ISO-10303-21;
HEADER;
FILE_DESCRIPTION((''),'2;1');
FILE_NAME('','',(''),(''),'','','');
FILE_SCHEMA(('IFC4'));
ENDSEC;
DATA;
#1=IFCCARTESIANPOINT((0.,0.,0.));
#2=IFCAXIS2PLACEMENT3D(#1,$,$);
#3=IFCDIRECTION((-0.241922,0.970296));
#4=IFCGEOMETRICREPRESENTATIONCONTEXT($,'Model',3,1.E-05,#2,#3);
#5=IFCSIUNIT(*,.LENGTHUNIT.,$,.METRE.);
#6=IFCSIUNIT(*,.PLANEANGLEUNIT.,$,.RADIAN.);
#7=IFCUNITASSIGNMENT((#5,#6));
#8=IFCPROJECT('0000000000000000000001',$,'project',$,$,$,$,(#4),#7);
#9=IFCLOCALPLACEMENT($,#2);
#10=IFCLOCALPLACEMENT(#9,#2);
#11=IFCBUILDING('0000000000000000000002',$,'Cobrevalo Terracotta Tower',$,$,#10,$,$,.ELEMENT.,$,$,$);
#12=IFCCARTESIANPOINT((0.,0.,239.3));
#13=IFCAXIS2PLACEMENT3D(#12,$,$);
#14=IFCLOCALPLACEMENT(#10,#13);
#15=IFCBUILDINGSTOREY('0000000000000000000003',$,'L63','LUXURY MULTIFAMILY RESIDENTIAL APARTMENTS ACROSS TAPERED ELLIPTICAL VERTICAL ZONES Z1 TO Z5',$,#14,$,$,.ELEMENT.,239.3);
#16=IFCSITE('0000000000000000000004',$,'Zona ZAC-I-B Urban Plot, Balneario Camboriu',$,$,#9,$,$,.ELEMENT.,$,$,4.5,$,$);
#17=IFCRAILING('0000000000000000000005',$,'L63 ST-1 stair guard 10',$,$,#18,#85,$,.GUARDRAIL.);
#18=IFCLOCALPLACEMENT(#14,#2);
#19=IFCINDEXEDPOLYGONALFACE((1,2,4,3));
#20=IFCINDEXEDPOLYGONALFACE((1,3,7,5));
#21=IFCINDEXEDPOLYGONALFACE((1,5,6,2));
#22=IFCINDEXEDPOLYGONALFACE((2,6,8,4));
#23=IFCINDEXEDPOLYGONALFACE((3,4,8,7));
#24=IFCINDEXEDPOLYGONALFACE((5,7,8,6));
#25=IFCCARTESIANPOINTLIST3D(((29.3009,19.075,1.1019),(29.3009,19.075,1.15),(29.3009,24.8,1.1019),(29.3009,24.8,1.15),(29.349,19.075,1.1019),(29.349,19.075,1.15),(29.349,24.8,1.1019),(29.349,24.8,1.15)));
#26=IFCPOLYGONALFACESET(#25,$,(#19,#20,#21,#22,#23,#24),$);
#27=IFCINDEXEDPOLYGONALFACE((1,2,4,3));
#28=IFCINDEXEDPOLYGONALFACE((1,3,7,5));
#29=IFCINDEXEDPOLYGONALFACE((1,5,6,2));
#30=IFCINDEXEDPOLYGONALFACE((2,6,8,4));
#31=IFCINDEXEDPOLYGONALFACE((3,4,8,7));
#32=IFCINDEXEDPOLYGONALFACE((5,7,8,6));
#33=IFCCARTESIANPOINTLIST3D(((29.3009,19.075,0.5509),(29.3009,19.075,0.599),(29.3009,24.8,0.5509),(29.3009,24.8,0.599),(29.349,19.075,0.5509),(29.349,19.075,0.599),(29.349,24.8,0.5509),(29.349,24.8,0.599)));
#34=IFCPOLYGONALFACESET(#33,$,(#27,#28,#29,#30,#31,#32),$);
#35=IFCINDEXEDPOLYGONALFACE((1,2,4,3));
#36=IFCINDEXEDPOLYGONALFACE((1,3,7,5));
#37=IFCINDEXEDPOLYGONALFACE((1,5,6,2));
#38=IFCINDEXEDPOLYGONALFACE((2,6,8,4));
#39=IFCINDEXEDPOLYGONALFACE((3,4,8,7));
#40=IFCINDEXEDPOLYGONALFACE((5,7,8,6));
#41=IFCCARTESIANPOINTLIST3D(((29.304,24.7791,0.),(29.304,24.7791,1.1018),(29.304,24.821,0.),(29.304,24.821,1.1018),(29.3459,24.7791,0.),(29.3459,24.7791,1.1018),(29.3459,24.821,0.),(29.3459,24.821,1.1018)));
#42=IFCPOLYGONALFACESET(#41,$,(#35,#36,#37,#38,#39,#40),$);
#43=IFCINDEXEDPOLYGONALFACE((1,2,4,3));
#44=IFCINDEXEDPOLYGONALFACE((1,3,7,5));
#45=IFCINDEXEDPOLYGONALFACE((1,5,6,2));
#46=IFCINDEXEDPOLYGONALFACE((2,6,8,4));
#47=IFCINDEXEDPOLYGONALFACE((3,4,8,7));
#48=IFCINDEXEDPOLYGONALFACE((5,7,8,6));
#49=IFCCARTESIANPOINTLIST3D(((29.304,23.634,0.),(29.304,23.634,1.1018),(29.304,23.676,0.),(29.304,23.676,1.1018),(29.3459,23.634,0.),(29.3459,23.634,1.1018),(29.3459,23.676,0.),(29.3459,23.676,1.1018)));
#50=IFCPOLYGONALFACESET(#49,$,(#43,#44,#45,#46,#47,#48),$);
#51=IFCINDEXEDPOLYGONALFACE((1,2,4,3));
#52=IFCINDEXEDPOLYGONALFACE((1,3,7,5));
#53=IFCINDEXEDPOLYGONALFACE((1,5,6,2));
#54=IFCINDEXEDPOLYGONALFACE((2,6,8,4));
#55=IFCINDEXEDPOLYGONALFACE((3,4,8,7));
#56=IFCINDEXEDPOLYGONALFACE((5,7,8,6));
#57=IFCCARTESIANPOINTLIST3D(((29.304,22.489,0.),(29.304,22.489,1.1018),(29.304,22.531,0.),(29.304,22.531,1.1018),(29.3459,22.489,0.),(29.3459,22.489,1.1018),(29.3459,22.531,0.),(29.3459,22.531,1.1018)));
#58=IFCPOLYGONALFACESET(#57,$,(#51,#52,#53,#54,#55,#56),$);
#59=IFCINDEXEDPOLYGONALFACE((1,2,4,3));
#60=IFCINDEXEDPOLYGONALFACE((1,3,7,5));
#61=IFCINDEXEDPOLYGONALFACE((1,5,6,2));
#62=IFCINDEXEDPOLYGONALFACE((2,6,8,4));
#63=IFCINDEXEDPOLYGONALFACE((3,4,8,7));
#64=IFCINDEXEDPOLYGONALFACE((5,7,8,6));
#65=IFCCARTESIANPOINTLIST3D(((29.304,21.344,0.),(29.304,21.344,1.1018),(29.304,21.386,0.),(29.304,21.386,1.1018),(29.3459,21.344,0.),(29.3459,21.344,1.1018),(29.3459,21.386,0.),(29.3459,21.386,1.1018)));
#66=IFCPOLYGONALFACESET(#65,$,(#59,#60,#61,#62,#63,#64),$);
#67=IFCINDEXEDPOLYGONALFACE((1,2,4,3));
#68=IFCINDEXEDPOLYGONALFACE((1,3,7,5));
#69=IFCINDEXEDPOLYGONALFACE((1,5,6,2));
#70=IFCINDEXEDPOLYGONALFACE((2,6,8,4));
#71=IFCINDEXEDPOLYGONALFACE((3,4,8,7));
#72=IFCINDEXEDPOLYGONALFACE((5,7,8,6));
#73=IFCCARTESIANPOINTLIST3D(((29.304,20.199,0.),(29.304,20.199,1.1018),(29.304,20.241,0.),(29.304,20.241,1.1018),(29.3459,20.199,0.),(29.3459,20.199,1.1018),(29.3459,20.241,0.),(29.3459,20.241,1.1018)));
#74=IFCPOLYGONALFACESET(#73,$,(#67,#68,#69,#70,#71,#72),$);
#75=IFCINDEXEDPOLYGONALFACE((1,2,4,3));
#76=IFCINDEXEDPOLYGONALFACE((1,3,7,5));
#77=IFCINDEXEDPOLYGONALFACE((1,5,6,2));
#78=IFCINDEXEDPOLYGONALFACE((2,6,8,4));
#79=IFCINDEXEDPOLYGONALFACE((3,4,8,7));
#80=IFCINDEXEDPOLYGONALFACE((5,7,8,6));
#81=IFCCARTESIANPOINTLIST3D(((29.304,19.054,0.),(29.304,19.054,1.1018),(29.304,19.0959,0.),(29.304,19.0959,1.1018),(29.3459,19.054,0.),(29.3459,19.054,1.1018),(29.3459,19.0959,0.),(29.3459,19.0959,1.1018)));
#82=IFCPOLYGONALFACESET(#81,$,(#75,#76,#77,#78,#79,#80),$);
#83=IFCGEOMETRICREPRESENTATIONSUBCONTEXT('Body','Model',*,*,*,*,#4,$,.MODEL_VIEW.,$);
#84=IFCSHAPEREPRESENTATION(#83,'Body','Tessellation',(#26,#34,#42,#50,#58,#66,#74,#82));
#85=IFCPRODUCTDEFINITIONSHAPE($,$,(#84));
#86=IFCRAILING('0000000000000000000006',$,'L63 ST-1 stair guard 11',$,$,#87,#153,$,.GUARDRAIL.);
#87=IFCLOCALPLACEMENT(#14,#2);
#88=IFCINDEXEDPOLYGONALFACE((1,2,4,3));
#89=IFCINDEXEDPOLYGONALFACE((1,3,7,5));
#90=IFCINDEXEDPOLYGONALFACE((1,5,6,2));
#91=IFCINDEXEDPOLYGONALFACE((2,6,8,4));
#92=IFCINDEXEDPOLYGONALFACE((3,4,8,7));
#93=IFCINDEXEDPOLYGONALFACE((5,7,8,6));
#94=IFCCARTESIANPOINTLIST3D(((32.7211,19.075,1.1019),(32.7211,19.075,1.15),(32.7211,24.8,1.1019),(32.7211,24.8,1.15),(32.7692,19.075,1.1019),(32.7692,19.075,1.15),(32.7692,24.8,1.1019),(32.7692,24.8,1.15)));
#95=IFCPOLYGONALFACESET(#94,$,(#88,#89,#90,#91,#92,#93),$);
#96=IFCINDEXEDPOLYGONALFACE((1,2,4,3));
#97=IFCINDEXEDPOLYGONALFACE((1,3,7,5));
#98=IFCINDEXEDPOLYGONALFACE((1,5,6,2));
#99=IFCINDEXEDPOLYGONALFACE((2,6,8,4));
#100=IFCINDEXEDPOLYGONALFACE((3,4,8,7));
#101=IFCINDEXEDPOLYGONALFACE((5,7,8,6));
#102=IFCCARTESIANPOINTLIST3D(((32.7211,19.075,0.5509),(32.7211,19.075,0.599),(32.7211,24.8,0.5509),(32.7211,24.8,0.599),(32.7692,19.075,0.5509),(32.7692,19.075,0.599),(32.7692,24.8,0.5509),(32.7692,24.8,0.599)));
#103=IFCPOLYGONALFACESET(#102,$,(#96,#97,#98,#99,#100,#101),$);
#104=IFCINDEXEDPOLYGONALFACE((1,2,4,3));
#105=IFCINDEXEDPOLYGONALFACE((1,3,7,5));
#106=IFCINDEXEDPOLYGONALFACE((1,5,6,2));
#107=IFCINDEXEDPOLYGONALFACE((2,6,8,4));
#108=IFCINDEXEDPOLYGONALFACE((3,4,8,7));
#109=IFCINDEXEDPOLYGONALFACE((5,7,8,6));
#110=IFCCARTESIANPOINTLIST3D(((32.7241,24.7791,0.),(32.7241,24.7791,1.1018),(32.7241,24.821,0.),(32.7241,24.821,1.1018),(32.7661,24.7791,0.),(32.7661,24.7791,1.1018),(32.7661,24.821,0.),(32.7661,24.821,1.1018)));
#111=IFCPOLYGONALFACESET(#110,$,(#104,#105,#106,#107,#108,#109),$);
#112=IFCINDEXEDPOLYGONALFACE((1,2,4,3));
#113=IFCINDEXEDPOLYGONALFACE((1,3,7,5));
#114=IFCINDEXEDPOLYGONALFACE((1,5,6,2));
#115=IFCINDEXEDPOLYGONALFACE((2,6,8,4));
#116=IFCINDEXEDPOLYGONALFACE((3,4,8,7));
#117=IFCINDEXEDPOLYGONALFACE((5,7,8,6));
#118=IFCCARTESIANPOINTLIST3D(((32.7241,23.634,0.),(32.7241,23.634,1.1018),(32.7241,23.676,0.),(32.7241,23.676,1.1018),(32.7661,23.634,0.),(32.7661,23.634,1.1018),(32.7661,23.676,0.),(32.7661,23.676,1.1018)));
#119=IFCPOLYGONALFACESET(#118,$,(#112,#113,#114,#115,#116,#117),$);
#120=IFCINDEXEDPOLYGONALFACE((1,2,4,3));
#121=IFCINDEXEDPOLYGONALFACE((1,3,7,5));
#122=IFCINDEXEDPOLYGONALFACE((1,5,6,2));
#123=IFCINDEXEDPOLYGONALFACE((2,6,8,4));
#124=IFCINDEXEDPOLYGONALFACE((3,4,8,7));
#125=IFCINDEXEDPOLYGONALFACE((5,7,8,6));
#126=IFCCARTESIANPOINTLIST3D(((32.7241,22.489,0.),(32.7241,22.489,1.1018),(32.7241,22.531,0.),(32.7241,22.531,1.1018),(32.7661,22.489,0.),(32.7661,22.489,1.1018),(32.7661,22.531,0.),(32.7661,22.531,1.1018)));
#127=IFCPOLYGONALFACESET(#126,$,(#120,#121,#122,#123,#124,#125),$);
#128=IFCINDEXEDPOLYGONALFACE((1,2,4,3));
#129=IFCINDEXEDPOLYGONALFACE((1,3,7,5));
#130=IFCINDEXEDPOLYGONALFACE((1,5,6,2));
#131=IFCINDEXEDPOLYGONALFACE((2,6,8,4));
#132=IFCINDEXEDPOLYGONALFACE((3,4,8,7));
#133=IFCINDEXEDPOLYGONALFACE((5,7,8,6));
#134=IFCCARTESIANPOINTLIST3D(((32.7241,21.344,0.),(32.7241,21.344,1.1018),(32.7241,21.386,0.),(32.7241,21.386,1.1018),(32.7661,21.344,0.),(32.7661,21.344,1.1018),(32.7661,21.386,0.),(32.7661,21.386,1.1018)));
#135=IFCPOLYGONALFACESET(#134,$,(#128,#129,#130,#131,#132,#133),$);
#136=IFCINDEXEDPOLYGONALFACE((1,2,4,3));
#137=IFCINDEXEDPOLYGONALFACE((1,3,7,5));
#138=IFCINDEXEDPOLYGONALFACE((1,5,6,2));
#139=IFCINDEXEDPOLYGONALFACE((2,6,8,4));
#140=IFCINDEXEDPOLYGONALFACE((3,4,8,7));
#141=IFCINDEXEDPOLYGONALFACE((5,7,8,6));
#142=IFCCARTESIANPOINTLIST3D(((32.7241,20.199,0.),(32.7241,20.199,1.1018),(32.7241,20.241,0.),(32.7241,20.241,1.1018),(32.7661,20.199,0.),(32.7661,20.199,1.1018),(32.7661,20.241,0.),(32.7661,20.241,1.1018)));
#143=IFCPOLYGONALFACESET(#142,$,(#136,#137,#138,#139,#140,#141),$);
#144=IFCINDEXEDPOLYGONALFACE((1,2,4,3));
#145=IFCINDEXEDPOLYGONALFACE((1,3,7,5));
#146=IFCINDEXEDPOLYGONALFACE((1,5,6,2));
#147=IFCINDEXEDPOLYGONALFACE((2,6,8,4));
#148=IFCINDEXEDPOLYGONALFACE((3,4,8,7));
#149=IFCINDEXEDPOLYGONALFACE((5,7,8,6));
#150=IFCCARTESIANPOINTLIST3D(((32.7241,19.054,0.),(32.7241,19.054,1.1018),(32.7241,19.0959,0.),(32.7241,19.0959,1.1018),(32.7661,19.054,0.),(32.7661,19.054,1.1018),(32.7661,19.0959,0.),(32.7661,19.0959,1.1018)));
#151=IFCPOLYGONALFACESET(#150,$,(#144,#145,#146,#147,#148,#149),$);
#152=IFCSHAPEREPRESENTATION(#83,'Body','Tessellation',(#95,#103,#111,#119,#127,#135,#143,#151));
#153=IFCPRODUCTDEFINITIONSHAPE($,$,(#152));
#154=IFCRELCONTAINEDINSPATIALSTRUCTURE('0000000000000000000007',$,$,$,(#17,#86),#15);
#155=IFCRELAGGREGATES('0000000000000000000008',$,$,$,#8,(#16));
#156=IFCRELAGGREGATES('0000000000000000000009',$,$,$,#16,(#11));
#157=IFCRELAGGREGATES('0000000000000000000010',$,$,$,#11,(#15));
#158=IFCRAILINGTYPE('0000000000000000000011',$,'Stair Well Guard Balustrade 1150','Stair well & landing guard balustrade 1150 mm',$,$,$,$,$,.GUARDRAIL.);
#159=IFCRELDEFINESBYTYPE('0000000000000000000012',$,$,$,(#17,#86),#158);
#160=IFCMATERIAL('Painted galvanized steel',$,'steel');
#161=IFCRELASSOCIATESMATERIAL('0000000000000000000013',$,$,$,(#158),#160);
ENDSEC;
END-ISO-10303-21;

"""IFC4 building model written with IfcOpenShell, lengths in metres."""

from ifc_helpers import new_model, si_unit, direction, frame, origin, origin_2d, place, context, subcontext, project, spatial, rectangle, extrude, material, type_object, element, save


model = new_model("IFC4")

# Units and contexts
model_context = context("Model", 3, precision=1e-05, world=origin(), true_north=direction((-0.241922, 0.970296)))
body_context = subcontext(model_context, "Body", "Model", "MODEL_VIEW")
ifc_project = project(units=[si_unit("LENGTHUNIT", "METRE"), si_unit("PLANEANGLEUNIT", "RADIAN")], contexts=[model_context])

# Site, building, storey
site_placement = place(None, origin())
site = spatial("IfcSite", under=ifc_project, at=site_placement, Name="Zona ZAC-I-B Urban Plot, Balneario Camboriu", CompositionType="ELEMENT", RefElevation=4.5)
building_placement = place(site_placement, origin())
building = spatial("IfcBuilding", under=site, at=building_placement, Name="Cobrevalo Terracotta Tower", CompositionType="ELEMENT")
storey_placement = place(building_placement, frame((0.0, 0.0, 239.3)))
storey = spatial("IfcBuildingStorey", under=building, at=storey_placement, Name="L63", Description="LUXURY MULTIFAMILY RESIDENTIAL APARTMENTS ACROSS TAPERED ELLIPTICAL VERTICAL ZONES Z1 TO Z5", CompositionType="ELEMENT", Elevation=239.3)

# Railings
ifc_material_1 = material(Name="Painted galvanized steel", Category="steel")
railing_type_1 = type_object("IfcRailingType", Name="Stair Well Guard Balustrade 1150", Description="Stair well & landing guard balustrade 1150 mm", PredefinedType="GUARDRAIL", material=ifc_material_1)
for number, where, name in (
    (1, (29.325, 24.8, 0.0), "L63 ST-1 stair guard 10"),
    (2, (32.7451, 24.8, 0.0), "L63 ST-1 stair guard 11"),
):
    element("IfcRailing", number, at=place(storey_placement, frame(where)), inside=storey, type_object=railing_type_1, Name=name, PredefinedType="GUARDRAIL", context=body_context, shape_type="SweptSolid", body=[
        extrude(rectangle(XDim=0.0481, YDim=0.0481, at=origin_2d()), frame((0.0, 0.0, 1.126), z_axis=(0.0, -1.0, 0.0), x_axis=(1.0, 0.0, 0.0)), (0.0, 0.0, 1.0), 5.7251),
        extrude(rectangle(XDim=0.0481, YDim=0.0481, at=origin_2d()), frame((0.0, 0.0, 0.575), z_axis=(0.0, -1.0, 0.0), x_axis=(1.0, 0.0, 0.0)), (0.0, 0.0, 1.0), 5.7251),
        extrude(rectangle(XDim=0.042, YDim=0.042, at=origin_2d()), origin(), (0.0, 0.0, 1.0), 1.1018),
        extrude(rectangle(XDim=0.042, YDim=0.042, at=origin_2d()), frame((0.0, -1.145, 0.0)), (0.0, 0.0, 1.0), 1.1018),
        extrude(rectangle(XDim=0.042, YDim=0.042, at=origin_2d()), frame((0.0, -2.29, 0.0)), (0.0, 0.0, 1.0), 1.1018),
        extrude(rectangle(XDim=0.042, YDim=0.042, at=origin_2d()), frame((0.0, -3.4351, 0.0)), (0.0, 0.0, 1.0), 1.1018),
        extrude(rectangle(XDim=0.042, YDim=0.042, at=origin_2d()), frame((0.0, -4.5801, 0.0)), (0.0, 0.0, 1.0), 1.1018),
        extrude(rectangle(XDim=0.042, YDim=0.042, at=origin_2d()), frame((0.0, -5.7251, 0.0)), (0.0, 0.0, 1.0), 1.1018),
    ])

save(model, "model.ifc")
